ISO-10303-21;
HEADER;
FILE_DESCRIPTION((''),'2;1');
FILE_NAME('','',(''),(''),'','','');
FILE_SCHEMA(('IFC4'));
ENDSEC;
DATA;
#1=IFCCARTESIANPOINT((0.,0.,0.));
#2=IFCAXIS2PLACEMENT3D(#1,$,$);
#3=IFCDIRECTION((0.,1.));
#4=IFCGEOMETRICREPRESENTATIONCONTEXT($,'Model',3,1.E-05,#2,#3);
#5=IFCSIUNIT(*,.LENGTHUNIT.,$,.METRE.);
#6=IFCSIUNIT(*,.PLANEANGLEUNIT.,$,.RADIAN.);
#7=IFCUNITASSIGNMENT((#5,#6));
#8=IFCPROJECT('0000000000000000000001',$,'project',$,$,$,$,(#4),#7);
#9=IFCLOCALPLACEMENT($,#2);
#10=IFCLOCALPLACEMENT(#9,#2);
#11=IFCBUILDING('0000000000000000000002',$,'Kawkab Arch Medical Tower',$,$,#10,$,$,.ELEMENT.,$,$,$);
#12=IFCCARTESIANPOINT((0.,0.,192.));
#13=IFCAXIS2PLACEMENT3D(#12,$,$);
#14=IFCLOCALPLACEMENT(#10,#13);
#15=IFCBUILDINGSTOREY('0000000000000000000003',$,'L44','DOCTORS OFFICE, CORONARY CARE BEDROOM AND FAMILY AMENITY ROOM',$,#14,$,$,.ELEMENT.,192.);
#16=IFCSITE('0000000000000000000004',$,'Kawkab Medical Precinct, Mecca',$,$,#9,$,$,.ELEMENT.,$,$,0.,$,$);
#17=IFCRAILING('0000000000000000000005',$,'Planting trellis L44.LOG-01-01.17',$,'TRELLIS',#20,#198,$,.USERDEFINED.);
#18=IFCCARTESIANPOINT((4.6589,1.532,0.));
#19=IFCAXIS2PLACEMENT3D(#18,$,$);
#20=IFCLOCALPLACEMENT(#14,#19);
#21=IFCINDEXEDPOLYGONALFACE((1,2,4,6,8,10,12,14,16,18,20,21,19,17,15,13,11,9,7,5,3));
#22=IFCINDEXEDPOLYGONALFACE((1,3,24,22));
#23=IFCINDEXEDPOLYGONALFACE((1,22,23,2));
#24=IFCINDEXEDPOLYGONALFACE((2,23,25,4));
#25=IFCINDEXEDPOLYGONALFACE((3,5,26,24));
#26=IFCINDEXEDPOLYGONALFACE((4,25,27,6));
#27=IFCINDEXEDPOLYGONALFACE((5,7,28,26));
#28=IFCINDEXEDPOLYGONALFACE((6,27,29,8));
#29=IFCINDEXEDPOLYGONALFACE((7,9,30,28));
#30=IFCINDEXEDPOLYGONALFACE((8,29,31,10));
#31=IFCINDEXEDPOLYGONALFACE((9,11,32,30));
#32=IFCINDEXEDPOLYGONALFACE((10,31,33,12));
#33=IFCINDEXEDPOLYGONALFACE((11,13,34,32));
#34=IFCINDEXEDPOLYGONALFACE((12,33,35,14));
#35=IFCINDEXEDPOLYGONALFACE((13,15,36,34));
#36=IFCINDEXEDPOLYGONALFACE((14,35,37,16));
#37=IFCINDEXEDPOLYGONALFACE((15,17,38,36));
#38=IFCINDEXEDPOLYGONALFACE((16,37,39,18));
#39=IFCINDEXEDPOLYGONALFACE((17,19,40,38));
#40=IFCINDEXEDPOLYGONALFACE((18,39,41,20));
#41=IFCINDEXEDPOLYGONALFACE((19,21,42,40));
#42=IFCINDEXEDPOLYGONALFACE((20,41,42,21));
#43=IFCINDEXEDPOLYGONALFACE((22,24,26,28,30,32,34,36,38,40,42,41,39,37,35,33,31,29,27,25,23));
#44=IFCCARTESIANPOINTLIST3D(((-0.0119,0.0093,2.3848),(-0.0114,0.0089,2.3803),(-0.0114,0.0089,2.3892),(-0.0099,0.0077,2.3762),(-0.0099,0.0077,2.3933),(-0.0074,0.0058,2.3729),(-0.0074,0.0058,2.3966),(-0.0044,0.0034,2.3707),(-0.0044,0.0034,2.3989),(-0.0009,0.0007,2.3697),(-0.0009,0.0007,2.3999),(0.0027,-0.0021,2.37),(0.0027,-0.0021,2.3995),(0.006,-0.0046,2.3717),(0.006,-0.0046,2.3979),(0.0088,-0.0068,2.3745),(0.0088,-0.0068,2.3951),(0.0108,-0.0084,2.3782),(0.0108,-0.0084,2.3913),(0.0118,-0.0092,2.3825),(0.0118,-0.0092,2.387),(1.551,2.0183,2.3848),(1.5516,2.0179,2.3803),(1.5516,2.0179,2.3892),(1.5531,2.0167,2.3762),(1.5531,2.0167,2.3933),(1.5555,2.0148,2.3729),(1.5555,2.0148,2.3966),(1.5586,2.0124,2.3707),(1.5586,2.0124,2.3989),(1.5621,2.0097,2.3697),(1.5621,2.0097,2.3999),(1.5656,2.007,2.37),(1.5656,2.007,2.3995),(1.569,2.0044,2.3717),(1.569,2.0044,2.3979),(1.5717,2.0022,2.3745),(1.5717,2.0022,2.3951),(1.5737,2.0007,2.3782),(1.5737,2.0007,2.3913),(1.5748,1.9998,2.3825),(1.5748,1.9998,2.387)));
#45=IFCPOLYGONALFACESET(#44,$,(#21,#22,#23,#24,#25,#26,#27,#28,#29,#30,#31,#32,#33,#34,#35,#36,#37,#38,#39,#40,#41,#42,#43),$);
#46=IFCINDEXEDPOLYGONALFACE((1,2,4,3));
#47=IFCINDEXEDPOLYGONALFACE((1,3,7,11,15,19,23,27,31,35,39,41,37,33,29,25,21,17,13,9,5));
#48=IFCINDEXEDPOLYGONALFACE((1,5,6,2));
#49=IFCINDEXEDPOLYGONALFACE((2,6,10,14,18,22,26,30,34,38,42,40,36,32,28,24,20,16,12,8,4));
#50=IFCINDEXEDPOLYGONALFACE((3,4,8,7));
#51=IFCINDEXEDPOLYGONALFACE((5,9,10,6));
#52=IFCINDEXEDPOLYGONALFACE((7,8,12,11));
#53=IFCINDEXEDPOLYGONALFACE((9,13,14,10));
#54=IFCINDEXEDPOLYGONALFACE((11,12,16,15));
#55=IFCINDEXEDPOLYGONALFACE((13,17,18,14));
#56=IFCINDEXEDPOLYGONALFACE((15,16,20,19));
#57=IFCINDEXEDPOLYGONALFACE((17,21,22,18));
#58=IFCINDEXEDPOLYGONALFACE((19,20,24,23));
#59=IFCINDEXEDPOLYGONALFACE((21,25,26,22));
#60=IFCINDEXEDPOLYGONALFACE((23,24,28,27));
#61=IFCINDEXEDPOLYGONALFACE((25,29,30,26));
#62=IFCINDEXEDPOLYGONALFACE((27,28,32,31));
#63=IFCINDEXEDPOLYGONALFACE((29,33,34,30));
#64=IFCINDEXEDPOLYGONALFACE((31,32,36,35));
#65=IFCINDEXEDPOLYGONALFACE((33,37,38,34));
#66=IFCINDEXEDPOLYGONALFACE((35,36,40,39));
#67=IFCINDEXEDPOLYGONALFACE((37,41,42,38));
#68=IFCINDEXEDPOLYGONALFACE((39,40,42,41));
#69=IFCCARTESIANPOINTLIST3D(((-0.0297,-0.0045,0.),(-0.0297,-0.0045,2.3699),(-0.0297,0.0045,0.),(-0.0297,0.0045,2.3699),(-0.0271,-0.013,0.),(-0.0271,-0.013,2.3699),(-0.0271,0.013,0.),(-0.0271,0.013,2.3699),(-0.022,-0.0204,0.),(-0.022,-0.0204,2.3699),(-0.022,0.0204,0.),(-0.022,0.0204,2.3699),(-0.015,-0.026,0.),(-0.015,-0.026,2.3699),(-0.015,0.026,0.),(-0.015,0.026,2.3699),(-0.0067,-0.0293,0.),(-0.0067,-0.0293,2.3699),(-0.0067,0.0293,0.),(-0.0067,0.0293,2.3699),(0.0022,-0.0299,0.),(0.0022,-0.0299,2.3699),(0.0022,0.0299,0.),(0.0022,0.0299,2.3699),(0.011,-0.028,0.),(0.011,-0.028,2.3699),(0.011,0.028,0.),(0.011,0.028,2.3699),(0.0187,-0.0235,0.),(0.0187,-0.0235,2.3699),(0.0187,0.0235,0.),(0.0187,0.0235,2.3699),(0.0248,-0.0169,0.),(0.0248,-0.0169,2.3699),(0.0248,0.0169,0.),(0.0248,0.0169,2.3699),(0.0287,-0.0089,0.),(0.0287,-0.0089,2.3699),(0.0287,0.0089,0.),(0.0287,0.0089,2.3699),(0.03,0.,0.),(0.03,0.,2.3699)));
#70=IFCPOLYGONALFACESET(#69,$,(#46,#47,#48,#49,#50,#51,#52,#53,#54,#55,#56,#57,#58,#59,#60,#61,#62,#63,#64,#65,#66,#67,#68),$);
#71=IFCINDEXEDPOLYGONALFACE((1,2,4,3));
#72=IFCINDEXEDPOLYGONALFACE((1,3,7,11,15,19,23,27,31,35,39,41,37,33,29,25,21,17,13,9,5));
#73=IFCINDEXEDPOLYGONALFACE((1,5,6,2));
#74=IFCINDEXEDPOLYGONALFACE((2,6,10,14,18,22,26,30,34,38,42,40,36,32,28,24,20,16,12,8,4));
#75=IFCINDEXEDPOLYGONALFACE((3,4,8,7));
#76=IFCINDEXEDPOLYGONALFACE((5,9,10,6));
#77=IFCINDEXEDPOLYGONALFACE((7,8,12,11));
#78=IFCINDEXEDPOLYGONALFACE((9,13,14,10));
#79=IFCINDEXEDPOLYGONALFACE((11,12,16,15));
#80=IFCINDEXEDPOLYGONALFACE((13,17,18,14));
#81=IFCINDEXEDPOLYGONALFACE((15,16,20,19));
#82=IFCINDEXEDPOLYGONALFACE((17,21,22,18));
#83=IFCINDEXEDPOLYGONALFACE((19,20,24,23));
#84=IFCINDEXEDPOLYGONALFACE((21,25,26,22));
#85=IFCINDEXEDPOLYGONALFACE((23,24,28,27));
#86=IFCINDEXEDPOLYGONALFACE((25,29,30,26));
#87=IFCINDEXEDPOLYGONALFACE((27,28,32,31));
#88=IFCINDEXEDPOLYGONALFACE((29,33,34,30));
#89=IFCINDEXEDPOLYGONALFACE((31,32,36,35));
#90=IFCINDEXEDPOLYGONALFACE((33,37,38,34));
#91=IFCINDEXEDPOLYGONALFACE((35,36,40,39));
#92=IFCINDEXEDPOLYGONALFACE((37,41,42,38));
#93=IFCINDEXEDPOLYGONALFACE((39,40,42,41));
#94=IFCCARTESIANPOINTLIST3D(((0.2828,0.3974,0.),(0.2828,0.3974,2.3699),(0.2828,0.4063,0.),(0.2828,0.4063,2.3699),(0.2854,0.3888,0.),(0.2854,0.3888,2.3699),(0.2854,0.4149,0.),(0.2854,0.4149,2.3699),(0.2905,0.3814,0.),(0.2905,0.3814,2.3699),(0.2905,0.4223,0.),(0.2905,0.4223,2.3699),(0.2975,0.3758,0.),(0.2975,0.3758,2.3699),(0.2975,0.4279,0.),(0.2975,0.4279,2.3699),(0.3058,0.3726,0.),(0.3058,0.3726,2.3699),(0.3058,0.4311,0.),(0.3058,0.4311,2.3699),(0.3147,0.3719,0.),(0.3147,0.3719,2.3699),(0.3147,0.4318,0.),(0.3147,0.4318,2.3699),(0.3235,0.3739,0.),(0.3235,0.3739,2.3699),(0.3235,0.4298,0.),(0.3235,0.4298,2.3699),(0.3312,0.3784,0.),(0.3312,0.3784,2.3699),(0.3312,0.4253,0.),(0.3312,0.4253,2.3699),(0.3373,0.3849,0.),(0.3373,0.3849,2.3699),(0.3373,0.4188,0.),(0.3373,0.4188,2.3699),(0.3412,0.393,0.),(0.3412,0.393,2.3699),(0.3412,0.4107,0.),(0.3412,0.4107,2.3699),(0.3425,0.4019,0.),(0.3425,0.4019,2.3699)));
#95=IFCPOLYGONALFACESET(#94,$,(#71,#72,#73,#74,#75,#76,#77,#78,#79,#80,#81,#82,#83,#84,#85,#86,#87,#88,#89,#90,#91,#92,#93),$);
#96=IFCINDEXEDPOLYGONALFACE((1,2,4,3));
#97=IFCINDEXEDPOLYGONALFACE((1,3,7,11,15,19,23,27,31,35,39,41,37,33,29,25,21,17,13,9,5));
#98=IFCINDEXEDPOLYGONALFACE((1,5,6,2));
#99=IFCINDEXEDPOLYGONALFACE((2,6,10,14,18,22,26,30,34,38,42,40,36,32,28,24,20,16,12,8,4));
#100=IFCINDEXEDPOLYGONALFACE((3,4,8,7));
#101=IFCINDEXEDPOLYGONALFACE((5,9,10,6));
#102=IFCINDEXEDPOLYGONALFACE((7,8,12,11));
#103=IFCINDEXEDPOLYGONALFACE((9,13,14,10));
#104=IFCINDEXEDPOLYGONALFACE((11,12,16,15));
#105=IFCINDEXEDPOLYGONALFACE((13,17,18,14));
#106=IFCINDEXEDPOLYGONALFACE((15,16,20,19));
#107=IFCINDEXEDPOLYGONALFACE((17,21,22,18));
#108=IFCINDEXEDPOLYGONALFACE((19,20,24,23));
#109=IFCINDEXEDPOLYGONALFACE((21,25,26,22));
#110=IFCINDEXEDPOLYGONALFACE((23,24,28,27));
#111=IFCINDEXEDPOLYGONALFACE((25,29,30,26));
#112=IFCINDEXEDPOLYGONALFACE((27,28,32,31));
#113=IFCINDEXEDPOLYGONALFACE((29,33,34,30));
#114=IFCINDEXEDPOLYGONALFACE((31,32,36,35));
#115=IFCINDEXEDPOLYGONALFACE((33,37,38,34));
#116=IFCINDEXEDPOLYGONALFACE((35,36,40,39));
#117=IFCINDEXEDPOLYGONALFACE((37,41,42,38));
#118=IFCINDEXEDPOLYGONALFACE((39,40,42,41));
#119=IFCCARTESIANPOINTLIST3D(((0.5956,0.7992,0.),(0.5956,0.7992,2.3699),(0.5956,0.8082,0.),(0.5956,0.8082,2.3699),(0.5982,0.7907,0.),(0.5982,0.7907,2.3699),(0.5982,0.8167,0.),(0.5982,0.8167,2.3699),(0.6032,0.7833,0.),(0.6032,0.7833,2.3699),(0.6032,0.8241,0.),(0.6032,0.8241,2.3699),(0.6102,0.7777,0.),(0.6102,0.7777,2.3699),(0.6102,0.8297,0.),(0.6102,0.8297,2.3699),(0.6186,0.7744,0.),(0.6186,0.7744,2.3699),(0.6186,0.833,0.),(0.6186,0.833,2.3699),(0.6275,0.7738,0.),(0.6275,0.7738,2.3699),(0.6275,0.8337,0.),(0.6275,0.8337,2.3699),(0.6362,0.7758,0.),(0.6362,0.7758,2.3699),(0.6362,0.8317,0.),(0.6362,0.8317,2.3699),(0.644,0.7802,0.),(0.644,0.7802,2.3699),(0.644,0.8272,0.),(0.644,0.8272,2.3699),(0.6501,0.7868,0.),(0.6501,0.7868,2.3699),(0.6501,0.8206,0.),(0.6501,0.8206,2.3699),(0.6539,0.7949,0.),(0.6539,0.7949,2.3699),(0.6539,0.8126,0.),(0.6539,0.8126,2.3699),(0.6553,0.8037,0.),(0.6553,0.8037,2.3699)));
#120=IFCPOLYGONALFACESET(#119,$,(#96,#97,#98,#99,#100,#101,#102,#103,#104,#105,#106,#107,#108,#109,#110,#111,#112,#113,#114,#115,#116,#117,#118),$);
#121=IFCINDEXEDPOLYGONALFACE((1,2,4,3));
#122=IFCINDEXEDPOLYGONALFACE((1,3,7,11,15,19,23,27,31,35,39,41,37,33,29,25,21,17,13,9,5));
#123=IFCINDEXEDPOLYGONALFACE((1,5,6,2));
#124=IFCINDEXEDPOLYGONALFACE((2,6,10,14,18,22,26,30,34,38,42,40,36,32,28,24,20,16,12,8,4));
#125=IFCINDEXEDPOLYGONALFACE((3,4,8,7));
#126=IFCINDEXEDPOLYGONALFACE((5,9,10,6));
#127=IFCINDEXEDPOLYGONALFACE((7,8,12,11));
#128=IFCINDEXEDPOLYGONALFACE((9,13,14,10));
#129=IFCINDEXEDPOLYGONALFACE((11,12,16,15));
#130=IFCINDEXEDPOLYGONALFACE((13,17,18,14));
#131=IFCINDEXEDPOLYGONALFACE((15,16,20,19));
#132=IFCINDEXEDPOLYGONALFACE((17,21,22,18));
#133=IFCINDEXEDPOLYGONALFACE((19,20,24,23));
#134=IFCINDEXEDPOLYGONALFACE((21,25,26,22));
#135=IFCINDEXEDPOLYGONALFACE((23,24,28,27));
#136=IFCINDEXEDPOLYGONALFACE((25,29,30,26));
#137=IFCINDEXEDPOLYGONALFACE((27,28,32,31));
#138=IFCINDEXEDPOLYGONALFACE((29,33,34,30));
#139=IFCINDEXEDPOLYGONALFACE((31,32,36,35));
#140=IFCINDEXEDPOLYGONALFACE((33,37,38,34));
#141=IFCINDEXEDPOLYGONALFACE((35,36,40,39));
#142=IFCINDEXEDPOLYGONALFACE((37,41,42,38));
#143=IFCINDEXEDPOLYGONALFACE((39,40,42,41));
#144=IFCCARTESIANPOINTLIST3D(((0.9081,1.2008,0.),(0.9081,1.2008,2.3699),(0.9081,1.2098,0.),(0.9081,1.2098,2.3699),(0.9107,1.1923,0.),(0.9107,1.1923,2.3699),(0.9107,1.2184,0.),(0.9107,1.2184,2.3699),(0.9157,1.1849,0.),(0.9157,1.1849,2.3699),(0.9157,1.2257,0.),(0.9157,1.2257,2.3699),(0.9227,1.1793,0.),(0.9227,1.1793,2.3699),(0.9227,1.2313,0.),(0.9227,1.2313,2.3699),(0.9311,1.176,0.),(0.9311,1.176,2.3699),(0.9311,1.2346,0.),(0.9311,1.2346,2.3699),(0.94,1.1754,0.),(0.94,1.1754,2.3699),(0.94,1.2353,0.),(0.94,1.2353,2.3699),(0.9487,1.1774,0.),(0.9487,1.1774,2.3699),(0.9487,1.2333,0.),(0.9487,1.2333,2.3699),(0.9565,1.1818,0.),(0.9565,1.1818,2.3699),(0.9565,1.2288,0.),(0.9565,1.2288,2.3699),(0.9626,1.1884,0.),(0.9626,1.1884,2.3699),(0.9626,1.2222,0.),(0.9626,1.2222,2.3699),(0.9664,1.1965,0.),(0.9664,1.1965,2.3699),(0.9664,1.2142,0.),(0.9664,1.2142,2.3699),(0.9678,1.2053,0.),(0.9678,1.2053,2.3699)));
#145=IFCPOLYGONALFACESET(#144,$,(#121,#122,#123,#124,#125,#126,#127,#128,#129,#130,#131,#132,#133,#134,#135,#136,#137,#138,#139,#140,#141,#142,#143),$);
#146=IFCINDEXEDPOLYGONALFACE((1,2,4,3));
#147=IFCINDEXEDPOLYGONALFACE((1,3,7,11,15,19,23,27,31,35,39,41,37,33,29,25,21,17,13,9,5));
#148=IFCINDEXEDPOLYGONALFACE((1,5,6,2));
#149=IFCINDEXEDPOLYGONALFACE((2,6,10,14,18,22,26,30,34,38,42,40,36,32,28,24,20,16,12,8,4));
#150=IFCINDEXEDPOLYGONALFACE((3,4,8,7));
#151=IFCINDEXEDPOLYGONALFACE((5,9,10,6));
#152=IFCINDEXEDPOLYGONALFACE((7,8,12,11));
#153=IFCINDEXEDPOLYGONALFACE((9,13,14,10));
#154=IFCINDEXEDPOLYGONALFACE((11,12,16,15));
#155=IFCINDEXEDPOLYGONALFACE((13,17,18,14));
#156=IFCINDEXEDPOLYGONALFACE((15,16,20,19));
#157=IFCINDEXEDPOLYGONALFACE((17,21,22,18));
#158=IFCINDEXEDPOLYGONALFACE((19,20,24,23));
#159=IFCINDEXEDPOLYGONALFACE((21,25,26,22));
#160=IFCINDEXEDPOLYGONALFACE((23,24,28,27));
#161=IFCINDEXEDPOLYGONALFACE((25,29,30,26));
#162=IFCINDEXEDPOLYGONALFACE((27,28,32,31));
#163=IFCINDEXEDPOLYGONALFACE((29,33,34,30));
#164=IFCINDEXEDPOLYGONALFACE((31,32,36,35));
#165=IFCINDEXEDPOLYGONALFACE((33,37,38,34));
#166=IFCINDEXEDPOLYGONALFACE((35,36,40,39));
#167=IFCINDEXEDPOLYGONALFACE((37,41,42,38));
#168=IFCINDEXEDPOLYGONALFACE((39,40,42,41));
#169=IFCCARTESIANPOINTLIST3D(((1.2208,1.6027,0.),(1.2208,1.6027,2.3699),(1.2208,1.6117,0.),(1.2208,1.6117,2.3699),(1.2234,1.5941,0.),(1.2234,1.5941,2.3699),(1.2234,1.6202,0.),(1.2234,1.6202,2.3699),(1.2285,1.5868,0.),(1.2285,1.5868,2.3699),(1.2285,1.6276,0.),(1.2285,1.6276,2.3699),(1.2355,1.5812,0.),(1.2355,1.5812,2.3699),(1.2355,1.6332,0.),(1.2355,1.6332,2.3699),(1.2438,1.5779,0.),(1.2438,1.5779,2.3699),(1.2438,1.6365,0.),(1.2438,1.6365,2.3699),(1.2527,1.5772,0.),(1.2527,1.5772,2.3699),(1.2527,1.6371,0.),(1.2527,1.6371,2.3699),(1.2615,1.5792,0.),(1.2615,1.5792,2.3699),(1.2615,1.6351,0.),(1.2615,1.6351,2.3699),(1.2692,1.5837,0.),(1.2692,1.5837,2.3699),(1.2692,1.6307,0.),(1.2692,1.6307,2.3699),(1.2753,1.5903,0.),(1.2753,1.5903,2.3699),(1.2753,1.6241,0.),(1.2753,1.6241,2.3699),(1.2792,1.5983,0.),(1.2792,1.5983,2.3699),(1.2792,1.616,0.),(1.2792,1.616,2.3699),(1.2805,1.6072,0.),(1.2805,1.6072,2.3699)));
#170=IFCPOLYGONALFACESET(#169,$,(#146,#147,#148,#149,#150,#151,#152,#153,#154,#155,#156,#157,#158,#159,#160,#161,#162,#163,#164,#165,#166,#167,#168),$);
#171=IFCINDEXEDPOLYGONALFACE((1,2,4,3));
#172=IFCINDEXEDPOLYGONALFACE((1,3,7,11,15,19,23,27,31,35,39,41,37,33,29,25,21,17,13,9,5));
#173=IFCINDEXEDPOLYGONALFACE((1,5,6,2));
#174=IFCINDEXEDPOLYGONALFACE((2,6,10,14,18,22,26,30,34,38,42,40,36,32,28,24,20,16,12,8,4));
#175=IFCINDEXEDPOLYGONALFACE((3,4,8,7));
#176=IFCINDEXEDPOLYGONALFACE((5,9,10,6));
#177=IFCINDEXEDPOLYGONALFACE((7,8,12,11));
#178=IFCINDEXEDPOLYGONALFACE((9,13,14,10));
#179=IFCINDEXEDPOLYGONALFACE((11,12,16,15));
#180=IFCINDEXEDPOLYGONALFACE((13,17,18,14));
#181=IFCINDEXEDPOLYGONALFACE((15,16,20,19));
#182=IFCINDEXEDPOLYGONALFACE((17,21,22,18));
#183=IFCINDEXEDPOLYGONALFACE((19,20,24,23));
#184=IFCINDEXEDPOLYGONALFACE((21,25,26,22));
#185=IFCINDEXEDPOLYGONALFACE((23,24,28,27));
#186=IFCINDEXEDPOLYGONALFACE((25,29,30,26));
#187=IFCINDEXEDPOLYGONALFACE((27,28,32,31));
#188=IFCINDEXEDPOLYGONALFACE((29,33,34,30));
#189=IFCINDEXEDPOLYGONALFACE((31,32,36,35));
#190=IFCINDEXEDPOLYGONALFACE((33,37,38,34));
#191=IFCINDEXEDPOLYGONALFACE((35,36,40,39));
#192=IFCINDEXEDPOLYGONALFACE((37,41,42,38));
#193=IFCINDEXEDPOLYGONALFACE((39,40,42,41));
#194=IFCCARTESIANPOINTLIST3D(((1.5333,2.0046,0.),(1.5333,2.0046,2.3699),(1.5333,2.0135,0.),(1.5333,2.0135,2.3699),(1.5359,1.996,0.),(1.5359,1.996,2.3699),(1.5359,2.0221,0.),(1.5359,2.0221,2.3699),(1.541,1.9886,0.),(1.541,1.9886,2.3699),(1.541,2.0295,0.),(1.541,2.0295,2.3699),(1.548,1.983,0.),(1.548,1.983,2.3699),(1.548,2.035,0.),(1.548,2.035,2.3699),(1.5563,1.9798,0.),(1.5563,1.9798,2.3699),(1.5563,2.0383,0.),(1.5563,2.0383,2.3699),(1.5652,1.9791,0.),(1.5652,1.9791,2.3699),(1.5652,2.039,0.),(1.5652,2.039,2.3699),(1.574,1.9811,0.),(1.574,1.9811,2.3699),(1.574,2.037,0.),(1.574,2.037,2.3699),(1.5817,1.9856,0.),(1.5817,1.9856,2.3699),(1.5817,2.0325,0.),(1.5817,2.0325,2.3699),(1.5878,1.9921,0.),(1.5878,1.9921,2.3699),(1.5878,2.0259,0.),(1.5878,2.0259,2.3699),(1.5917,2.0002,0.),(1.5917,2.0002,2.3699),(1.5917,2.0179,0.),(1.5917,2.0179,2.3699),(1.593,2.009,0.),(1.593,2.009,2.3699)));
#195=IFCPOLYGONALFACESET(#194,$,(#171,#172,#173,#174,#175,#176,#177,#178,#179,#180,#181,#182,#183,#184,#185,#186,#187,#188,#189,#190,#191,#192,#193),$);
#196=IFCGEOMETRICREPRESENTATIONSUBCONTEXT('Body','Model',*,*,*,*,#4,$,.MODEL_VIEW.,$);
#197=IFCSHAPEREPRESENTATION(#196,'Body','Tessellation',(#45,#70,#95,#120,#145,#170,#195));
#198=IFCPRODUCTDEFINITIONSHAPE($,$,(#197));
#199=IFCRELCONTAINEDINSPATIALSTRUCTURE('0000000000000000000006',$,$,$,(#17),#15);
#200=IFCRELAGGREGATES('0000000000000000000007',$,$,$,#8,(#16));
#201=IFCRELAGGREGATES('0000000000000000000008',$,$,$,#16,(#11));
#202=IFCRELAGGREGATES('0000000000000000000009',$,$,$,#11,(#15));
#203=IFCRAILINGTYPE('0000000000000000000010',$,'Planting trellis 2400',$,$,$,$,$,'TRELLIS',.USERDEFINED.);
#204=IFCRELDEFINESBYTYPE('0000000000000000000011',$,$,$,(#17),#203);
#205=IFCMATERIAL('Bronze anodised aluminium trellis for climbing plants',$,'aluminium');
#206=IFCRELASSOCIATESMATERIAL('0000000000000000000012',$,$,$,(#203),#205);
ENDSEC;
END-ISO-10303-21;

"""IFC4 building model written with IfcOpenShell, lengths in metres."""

from ifc_helpers import new_model, si_unit, direction, frame, origin, origin_2d, place, context, subcontext, project, spatial, circle, extrude, material, type_object, element, save


model = new_model("IFC4")

# Units and contexts
model_context = context("Model", 3, precision=1e-05, world=origin(), true_north=direction((0.0, 1.0)))
body_context = subcontext(model_context, "Body", "Model", "MODEL_VIEW")
ifc_project = project(units=[si_unit("LENGTHUNIT", "METRE"), si_unit("PLANEANGLEUNIT", "RADIAN")], contexts=[model_context])

# Site, building, storey
site_placement = place(None, origin())
site = spatial("IfcSite", under=ifc_project, at=site_placement, Name="Kawkab Medical Precinct, Mecca", CompositionType="ELEMENT", RefElevation=0.0)
building_placement = place(site_placement, origin())
building = spatial("IfcBuilding", under=site, at=building_placement, Name="Kawkab Arch Medical Tower", CompositionType="ELEMENT")
storey_placement = place(building_placement, frame((0.0, 0.0, 192.0)))
storey = spatial("IfcBuildingStorey", under=building, at=storey_placement, Name="L44", Description="DOCTORS OFFICE, CORONARY CARE BEDROOM AND FAMILY AMENITY ROOM", CompositionType="ELEMENT", Elevation=192.0)

# Railing
ifc_material_1 = material(Name="Bronze anodised aluminium trellis for climbing plants", Category="aluminium")
railing_type = type_object("IfcRailingType", Name="Planting trellis 2400", ElementType="TRELLIS", PredefinedType="USERDEFINED", material=ifc_material_1)
railing_1_placement = place(storey_placement, frame((4.6589, 1.532, 0.0)))
element("IfcRailing", 1, at=railing_1_placement, inside=storey, type_object=railing_type, Name="Planting trellis L44.LOG-01-01.17", ObjectType="TRELLIS", PredefinedType="USERDEFINED", context=body_context, shape_type="SweptSolid", body=[
    extrude(circle(Radius=0.0151, at=origin_2d()), frame((0.0, 0.0, 2.3848), z_axis=(0.61404, 0.789275, 0.0), x_axis=(-0.789275, 0.61404, 0.0)), (0.0, 0.0, 1.0), 2.5454),
    extrude(circle(Radius=0.03, at=origin_2d()), origin(), (0.0, 0.0, 1.0), 2.3699),
    extrude(circle(Radius=0.03, at=origin_2d()), frame((0.3125, 0.4019, 0.0)), (0.0, 0.0, 1.0), 2.3699),
    extrude(circle(Radius=0.03, at=origin_2d()), frame((0.6252, 0.8037, 0.0)), (0.0, 0.0, 1.0), 2.3699),
    extrude(circle(Radius=0.03, at=origin_2d()), frame((0.9377, 1.2053, 0.0)), (0.0, 0.0, 1.0), 2.3699),
    extrude(circle(Radius=0.03, at=origin_2d()), frame((1.2505, 1.6072, 0.0)), (0.0, 0.0, 1.0), 2.3699),
    extrude(circle(Radius=0.03, at=origin_2d()), frame((1.563, 2.009, 0.0)), (0.0, 0.0, 1.0), 2.3699),
])

save(model, "model.ifc")
